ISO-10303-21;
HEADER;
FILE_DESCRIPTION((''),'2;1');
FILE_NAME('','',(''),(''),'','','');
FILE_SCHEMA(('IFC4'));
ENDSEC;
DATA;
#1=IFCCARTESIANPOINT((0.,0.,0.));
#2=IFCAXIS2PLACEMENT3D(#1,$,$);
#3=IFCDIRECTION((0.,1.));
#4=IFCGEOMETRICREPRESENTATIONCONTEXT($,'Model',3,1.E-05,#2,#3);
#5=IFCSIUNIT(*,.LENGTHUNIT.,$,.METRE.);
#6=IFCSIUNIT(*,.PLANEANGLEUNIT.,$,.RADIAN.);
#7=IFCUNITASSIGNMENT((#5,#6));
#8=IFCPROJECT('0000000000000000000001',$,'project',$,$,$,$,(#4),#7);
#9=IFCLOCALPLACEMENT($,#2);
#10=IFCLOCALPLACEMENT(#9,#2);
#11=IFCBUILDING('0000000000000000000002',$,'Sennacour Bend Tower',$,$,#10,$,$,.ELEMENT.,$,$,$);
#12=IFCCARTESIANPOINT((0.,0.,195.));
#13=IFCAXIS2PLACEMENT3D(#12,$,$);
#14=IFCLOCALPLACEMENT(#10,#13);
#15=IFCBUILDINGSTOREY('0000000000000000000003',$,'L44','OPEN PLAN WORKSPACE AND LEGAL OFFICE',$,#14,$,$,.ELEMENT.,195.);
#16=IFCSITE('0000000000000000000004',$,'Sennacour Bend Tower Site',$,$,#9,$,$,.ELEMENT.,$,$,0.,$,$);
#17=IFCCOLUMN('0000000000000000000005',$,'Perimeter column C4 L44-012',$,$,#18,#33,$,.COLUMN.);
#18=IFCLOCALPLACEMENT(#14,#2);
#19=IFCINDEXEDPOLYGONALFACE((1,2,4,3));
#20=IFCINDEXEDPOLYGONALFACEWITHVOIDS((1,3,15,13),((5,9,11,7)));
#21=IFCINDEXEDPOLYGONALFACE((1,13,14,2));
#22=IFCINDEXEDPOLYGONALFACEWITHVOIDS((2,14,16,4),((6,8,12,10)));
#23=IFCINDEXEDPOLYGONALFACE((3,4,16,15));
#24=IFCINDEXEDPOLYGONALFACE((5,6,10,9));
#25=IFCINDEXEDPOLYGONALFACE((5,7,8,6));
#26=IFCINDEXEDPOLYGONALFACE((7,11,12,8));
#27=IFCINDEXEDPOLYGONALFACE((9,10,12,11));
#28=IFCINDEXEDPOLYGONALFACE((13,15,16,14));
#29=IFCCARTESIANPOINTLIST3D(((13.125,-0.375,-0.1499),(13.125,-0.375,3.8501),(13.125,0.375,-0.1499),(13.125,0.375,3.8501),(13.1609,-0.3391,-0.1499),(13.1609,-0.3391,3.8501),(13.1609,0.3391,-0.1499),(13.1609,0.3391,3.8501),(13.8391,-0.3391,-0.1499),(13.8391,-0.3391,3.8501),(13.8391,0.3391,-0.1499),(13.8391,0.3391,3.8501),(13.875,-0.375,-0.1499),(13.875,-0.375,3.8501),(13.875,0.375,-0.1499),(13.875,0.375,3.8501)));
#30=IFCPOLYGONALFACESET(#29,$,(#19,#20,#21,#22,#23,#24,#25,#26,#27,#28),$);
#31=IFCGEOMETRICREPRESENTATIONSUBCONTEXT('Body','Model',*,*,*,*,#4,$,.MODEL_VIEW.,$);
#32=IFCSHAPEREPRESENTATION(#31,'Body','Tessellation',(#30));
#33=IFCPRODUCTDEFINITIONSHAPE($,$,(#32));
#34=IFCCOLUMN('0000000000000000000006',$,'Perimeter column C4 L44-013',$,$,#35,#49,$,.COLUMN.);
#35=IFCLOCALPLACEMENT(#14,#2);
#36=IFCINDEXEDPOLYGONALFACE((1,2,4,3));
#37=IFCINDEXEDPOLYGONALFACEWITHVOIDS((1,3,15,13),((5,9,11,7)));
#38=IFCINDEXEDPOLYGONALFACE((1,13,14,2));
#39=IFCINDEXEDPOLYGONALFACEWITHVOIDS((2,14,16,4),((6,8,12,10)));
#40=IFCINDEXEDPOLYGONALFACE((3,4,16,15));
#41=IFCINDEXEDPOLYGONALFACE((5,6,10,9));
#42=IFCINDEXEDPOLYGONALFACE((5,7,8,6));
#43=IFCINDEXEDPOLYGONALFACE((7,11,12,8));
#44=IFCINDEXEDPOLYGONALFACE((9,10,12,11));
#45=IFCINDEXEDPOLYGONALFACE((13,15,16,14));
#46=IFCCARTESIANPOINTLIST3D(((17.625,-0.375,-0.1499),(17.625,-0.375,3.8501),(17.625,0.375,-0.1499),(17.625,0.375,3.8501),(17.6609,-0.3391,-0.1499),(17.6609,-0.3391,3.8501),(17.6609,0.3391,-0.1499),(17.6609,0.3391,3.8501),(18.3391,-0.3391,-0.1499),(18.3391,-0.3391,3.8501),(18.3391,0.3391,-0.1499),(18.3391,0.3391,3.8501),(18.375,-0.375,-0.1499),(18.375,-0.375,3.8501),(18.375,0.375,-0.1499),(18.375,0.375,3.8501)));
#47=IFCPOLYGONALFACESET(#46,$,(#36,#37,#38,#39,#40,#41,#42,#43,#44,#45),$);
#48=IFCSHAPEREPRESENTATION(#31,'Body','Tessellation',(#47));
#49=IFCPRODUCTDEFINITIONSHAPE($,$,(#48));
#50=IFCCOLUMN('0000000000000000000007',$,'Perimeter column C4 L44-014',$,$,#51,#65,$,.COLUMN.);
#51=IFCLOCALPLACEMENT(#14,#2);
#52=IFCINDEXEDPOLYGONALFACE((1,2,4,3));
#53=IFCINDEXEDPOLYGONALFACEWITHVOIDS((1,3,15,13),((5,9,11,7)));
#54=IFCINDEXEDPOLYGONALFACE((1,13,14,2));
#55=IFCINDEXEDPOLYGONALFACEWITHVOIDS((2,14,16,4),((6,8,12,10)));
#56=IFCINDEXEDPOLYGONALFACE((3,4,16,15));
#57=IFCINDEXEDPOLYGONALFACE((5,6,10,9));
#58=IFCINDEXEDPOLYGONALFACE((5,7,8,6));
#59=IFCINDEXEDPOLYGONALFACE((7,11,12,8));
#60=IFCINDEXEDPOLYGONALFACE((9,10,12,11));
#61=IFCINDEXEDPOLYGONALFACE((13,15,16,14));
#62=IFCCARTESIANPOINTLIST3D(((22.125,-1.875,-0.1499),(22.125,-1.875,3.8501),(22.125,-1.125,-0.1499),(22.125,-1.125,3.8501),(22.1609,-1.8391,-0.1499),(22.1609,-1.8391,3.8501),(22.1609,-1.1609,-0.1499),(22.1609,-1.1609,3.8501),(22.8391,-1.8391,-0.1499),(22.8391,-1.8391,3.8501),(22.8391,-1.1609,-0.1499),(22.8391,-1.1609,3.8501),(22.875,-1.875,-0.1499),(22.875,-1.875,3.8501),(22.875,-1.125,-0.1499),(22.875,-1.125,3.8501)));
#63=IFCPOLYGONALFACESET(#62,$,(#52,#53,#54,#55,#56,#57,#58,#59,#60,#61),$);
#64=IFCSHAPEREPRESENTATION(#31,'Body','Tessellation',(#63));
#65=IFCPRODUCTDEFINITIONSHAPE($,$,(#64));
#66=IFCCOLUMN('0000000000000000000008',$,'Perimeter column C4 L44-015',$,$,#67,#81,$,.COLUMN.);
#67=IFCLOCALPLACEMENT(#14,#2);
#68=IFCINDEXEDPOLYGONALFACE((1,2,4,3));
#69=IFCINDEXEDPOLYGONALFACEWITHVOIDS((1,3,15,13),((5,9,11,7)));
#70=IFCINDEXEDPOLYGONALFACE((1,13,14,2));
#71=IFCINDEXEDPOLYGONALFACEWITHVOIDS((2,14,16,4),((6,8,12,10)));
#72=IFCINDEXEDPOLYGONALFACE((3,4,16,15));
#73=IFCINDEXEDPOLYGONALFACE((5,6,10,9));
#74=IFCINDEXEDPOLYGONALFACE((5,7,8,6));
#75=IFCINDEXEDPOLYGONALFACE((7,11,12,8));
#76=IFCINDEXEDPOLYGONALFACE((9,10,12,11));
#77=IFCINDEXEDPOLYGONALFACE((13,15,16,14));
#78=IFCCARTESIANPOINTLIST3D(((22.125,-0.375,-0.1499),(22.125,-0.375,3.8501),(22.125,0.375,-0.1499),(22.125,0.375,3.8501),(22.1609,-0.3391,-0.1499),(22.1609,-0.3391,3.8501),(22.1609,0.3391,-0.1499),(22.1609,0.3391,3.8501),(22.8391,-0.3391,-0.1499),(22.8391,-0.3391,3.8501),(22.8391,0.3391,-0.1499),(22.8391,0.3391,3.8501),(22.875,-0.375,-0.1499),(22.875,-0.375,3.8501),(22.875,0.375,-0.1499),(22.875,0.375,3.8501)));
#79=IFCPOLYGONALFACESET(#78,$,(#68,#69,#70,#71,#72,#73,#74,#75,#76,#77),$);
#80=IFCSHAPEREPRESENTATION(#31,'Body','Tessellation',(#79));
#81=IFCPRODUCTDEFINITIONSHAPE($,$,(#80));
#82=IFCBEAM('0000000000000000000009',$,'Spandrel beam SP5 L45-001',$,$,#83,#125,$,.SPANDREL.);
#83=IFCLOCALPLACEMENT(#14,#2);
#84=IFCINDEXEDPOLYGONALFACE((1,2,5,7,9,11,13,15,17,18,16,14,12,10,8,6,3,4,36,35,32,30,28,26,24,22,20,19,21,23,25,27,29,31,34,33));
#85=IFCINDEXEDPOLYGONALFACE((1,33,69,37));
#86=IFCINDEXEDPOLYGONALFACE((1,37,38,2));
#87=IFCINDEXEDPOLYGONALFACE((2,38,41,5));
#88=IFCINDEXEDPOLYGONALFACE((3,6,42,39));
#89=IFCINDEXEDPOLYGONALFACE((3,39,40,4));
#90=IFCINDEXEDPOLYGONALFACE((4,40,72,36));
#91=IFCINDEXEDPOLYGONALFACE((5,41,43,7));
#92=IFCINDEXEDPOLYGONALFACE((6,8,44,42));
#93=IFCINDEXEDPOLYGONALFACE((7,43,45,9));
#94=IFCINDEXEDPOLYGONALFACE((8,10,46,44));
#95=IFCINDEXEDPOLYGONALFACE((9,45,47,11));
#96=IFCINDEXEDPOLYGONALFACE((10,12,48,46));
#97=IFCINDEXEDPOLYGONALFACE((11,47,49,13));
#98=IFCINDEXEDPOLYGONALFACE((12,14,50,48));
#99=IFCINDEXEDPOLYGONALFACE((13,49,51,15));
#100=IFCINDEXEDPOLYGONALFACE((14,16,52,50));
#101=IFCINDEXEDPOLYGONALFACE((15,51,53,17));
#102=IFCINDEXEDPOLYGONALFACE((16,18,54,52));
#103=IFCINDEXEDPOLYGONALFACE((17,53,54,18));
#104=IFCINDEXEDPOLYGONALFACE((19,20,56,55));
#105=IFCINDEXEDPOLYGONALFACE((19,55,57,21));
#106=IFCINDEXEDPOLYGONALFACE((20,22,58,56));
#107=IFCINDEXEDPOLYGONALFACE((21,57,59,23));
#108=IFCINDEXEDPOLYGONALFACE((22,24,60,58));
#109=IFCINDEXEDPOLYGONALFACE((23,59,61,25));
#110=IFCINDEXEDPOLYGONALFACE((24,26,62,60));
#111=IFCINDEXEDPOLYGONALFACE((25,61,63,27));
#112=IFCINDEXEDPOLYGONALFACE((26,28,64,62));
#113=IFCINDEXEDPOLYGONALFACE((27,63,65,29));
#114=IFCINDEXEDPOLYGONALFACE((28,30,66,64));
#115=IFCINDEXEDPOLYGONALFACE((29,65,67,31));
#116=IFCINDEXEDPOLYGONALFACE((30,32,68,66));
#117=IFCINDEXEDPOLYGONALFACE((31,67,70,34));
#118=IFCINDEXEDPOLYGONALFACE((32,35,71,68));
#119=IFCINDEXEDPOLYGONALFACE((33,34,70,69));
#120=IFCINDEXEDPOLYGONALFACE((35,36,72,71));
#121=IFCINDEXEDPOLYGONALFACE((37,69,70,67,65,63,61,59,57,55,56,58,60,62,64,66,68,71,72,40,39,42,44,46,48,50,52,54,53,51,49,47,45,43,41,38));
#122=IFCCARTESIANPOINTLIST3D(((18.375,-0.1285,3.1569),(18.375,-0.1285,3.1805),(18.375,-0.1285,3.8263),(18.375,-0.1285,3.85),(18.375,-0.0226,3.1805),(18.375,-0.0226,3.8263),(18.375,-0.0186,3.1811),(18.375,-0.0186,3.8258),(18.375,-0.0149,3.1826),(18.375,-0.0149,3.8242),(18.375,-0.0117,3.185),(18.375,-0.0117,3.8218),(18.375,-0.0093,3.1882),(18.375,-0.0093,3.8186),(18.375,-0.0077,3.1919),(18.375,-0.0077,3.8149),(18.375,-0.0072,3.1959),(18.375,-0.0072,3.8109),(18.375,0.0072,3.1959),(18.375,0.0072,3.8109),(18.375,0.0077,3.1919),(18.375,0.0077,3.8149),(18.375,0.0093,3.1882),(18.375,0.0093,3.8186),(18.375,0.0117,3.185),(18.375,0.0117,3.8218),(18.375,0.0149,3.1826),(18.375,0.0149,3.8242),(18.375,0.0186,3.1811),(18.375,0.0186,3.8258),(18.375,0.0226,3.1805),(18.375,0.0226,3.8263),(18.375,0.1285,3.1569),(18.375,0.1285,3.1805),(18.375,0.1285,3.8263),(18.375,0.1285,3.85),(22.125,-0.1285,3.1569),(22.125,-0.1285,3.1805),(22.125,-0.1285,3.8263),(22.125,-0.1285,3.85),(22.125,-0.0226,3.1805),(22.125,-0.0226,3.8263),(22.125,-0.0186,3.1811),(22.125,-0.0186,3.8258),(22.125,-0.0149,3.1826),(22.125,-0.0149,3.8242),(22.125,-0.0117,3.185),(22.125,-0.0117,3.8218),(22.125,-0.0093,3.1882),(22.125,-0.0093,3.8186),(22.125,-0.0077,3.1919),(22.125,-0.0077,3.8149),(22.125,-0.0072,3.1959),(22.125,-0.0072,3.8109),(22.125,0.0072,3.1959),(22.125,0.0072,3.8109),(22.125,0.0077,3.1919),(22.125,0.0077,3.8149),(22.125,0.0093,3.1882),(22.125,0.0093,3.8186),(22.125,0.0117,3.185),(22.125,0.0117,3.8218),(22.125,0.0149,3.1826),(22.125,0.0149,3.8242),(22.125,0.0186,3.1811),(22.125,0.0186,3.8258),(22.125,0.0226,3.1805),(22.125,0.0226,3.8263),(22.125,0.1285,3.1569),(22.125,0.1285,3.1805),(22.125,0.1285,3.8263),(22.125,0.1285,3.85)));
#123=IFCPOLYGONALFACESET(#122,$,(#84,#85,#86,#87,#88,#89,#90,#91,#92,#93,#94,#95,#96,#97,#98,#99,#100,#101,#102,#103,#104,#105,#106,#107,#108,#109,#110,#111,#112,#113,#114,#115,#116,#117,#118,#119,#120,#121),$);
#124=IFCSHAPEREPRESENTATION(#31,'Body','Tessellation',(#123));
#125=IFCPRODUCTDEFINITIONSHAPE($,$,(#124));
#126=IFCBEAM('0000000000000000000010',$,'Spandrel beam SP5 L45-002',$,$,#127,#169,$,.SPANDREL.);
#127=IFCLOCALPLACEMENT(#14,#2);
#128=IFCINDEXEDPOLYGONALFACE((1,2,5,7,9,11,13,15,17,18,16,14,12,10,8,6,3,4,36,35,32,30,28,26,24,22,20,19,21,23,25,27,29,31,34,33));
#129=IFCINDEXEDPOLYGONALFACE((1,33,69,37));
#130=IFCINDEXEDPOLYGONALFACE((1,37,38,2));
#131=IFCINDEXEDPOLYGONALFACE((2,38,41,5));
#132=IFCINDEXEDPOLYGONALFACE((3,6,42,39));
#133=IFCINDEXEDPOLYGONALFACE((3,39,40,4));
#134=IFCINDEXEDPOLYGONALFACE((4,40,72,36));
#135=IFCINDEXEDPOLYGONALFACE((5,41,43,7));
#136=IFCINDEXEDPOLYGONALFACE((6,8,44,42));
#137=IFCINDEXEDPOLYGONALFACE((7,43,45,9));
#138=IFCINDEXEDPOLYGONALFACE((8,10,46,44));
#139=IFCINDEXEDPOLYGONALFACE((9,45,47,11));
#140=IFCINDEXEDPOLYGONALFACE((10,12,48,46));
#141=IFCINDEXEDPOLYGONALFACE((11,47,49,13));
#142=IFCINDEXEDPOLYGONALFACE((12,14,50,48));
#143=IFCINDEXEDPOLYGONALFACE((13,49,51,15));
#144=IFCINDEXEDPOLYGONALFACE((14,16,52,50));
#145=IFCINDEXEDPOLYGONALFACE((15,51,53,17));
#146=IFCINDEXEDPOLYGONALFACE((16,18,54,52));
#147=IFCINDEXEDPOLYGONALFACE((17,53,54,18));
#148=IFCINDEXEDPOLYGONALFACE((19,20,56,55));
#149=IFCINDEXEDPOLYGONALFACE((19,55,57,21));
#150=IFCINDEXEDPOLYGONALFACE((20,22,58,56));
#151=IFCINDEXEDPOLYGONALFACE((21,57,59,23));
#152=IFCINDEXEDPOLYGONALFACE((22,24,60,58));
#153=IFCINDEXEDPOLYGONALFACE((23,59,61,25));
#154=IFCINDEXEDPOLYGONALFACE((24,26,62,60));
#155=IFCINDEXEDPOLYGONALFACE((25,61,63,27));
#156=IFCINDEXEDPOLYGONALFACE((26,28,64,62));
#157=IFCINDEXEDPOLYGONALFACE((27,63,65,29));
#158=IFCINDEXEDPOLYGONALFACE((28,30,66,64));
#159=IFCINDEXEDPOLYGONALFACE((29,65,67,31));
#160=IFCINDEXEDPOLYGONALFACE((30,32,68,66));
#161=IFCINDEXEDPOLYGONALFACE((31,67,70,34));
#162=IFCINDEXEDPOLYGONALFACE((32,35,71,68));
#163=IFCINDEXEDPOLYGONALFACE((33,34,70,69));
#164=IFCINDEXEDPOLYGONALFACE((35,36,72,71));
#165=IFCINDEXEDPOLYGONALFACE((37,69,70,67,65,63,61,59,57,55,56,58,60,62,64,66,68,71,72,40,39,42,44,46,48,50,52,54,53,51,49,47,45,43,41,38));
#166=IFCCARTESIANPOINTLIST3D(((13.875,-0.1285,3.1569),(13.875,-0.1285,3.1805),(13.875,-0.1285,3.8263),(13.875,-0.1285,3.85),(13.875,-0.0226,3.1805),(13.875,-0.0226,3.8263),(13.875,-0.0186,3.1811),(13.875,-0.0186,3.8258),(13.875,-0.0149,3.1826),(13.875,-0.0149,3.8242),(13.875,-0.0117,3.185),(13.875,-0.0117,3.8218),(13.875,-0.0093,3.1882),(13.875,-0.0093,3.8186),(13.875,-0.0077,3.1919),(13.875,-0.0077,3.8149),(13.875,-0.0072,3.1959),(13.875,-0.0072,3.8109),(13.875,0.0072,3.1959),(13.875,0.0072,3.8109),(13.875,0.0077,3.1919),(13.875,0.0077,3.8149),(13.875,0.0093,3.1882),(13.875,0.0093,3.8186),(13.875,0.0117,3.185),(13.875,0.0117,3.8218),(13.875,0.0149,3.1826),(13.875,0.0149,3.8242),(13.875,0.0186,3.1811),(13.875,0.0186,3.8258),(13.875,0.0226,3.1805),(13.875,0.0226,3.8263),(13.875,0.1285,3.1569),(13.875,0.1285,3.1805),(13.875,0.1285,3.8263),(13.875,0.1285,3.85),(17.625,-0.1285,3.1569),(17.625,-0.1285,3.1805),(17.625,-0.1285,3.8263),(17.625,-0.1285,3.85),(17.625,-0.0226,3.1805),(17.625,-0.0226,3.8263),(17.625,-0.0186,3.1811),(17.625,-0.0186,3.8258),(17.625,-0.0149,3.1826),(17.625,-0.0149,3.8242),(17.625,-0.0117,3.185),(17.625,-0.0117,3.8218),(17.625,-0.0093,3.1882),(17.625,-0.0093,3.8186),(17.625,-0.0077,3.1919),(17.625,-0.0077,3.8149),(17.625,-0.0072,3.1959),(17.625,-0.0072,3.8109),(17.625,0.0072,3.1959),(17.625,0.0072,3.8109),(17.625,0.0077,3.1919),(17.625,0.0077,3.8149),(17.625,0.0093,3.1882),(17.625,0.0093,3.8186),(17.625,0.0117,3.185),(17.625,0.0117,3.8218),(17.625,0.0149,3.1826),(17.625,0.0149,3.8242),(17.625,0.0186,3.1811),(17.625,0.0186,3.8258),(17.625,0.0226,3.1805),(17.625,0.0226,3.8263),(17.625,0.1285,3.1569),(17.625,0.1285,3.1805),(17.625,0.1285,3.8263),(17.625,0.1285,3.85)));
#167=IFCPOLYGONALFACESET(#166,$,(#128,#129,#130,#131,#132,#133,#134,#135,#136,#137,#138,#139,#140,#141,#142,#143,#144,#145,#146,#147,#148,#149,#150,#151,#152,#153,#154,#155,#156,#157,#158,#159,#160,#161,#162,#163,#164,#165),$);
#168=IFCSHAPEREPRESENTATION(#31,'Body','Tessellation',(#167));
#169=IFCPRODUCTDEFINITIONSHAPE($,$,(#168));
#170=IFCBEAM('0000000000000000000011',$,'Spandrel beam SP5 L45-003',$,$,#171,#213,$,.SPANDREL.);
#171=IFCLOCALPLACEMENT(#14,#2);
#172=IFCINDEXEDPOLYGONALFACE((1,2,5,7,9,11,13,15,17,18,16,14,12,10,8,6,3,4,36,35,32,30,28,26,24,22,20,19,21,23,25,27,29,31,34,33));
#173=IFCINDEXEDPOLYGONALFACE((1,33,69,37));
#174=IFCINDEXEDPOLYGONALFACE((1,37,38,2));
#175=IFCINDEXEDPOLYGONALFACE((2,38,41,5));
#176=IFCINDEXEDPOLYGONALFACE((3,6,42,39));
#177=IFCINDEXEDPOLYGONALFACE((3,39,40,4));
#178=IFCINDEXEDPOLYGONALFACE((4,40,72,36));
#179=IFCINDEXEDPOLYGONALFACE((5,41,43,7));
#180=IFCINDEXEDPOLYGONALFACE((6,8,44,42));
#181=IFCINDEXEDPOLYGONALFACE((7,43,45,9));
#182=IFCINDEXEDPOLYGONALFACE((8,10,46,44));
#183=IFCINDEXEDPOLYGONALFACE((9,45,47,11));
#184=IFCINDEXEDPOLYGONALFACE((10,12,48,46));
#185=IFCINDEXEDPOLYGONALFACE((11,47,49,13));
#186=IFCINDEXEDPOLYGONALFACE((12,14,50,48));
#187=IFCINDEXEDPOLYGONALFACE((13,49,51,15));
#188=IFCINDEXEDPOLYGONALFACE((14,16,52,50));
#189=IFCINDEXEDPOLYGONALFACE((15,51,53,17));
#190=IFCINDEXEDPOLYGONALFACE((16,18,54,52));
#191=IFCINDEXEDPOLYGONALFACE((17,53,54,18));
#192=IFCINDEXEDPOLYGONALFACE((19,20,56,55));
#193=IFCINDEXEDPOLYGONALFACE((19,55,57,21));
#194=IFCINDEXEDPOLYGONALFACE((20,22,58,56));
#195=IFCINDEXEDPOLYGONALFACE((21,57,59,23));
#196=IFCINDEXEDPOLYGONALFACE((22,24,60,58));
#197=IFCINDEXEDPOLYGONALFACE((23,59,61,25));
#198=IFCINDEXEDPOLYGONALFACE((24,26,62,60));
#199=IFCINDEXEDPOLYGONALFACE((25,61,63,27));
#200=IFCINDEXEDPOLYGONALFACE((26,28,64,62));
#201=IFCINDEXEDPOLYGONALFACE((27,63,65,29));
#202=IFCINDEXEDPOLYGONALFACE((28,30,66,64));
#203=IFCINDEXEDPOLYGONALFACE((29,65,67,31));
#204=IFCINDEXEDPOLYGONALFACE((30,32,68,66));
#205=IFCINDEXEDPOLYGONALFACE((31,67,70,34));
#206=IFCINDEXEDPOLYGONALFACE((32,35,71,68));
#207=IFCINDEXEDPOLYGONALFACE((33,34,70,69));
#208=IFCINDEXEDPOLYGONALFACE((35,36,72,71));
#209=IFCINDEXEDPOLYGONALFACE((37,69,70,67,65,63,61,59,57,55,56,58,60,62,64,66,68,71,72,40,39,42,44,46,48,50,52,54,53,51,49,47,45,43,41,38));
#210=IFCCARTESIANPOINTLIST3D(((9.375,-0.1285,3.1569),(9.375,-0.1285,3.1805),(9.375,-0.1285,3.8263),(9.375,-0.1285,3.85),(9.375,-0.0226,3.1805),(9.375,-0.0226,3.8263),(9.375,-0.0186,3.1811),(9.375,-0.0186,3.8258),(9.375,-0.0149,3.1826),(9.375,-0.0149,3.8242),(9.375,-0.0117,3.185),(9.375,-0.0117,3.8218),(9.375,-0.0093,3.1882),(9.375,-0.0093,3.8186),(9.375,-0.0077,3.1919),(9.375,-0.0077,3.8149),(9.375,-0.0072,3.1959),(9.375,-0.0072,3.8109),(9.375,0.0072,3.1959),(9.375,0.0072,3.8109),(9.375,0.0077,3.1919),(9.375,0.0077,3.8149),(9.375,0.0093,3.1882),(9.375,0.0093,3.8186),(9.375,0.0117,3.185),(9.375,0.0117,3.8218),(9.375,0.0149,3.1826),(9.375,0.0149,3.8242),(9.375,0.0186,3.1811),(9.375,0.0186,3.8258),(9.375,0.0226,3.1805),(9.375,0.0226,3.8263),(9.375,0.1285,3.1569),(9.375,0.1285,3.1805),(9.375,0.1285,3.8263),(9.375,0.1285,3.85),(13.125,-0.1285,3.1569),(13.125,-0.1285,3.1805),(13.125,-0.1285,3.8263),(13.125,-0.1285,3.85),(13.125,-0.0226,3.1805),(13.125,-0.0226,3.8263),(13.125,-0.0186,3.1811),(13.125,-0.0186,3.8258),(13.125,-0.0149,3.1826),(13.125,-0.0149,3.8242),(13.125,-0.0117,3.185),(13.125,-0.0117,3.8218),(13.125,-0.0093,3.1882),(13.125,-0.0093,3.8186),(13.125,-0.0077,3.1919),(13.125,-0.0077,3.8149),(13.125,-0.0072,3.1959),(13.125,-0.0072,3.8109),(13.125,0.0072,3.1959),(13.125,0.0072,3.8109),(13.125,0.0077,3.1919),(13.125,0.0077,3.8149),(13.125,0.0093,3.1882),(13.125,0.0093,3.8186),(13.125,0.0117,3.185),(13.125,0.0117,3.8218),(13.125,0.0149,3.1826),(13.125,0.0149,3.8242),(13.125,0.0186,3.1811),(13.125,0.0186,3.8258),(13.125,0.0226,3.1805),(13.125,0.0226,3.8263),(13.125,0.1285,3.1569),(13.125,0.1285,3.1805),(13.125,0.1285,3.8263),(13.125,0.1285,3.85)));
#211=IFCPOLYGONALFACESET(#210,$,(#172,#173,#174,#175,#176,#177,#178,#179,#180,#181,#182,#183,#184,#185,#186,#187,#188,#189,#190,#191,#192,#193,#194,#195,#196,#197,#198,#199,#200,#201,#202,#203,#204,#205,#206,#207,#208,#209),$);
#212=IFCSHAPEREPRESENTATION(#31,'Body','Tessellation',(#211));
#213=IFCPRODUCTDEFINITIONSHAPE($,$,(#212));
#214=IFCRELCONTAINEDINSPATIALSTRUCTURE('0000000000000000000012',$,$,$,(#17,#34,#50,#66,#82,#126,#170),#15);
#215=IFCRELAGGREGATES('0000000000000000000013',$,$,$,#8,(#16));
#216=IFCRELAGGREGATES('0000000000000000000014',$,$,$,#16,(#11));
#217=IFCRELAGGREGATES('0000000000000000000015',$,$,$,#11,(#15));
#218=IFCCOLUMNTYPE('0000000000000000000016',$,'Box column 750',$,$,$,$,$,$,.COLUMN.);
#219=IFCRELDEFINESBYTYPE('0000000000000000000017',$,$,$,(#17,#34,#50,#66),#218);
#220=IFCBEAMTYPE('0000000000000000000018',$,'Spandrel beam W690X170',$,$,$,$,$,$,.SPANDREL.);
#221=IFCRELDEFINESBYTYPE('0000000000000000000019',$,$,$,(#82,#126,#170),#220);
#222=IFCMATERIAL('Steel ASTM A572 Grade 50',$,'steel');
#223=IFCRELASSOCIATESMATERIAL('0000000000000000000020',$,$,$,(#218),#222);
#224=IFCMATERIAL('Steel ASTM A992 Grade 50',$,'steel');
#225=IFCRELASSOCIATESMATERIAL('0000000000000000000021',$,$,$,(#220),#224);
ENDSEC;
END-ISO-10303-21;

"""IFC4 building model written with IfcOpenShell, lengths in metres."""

from ifc_helpers import new_model, si_unit, direction, frame, origin, origin_2d, place, context, subcontext, project, spatial, hollow_rectangle, i_section, extrude, material, material_profile, profile_set, type_object, element, save


model = new_model("IFC4")

# Units and contexts
model_context = context("Model", 3, precision=1e-05, world=origin(), true_north=direction((0.0, 1.0)))
body_context = subcontext(model_context, "Body", "Model", "MODEL_VIEW")
ifc_project = project(units=[si_unit("LENGTHUNIT", "METRE"), si_unit("PLANEANGLEUNIT", "RADIAN")], contexts=[model_context])

# Site, building, storey
site_placement = place(None, origin())
site = spatial("IfcSite", under=ifc_project, at=site_placement, Name="Sennacour Bend Tower Site", CompositionType="ELEMENT", RefElevation=0.0)
building_placement = place(site_placement, origin())
building = spatial("IfcBuilding", under=site, at=building_placement, Name="Sennacour Bend Tower", CompositionType="ELEMENT")
storey_placement = place(building_placement, frame((0.0, 0.0, 195.0)))
storey = spatial("IfcBuildingStorey", under=building, at=storey_placement, Name="L44", Description="OPEN PLAN WORKSPACE AND LEGAL OFFICE", CompositionType="ELEMENT", Elevation=195.0)

# Columns
ifc_material_1 = material(Name="Steel ASTM A572 Grade 50", Category="steel")
ifc_material_profile_1 = material_profile(ifc_material_1, hollow_rectangle(XDim=0.75, YDim=0.75, WallThickness=0.0359, at=origin_2d()), Name="Steel ASTM A572 Grade 50", Category="steel")
ifc_profile_set_1 = profile_set([ifc_material_profile_1], Name="Steel ASTM A572 Grade 50")
column_type = type_object("IfcColumnType", Name="Box column 750", PredefinedType="COLUMN", material=ifc_profile_set_1)
for number, where, z_axis, x_axis, name in (
    (1, (13.5, 0.0, -0.1499), (0.0, 0.0, 1.0), (1.0, 0.0, 0.0), "Perimeter column C4 L44-012"),
    (2, (18.0, 0.0, -0.1499), (0.0, 0.0, 1.0), (1.0, 0.0, 0.0), "Perimeter column C4 L44-013"),
    (3, (22.5, -1.5, -0.1499), (0.0, 0.0, 1.0), (1.0, 0.0, 0.0), "Perimeter column C4 L44-014"),
    (4, (22.5, 0.0, -0.1499), (0.0, 0.0, 1.0), (1.0, 0.0, 0.0), "Perimeter column C4 L44-015"),
):
    element("IfcColumn", number, at=place(storey_placement, frame(where, z_axis=z_axis, x_axis=x_axis)), inside=storey, type_object=column_type, Name=name, PredefinedType="COLUMN", context=body_context, shape_type="SweptSolid", body=[
        extrude(hollow_rectangle(XDim=0.75, YDim=0.75, WallThickness=0.0359, at=origin_2d()), origin(), (0.0, 0.0, 1.0), 4.0),
    ])

# Beams
ifc_material_2 = material(Name="Steel ASTM A992 Grade 50", Category="steel")
ifc_material_profile_2 = material_profile(ifc_material_2, i_section(OverallWidth=0.2571, OverallDepth=0.6931, WebThickness=0.0144, FlangeThickness=0.0237, FilletRadius=0.0154, at=origin_2d()), Name="Steel ASTM A992 Grade 50", Category="steel")
ifc_profile_set_2 = profile_set([ifc_material_profile_2], Name="Steel ASTM A992 Grade 50")
beam_type = type_object("IfcBeamType", Name="Spandrel beam W690X170", PredefinedType="SPANDREL", material=ifc_profile_set_2)
for number, where, z_axis, x_axis, name in (
    (5, (22.125, 0.0, 3.5034), (-1.0, 0.0, 0.0), (0.0, -1.0, 0.0), "Spandrel beam SP5 L45-001"),
    (6, (17.625, 0.0, 3.5034), (-1.0, 0.0, 0.0), (0.0, -1.0, 0.0), "Spandrel beam SP5 L45-002"),
    (7, (13.125, 0.0, 3.5034), (-1.0, 0.0, 0.0), (0.0, -1.0, 0.0), "Spandrel beam SP5 L45-003"),
):
    element("IfcBeam", number, at=place(storey_placement, frame(where, z_axis=z_axis, x_axis=x_axis)), inside=storey, type_object=beam_type, Name=name, PredefinedType="SPANDREL", context=body_context, shape_type="SweptSolid", body=[
        extrude(i_section(OverallWidth=0.2571, OverallDepth=0.6931, WebThickness=0.0144, FlangeThickness=0.0237, FilletRadius=0.0154, at=origin_2d()), origin(), (0.0, 0.0, 1.0), 3.75),
    ])

save(model, "model.ifc")
